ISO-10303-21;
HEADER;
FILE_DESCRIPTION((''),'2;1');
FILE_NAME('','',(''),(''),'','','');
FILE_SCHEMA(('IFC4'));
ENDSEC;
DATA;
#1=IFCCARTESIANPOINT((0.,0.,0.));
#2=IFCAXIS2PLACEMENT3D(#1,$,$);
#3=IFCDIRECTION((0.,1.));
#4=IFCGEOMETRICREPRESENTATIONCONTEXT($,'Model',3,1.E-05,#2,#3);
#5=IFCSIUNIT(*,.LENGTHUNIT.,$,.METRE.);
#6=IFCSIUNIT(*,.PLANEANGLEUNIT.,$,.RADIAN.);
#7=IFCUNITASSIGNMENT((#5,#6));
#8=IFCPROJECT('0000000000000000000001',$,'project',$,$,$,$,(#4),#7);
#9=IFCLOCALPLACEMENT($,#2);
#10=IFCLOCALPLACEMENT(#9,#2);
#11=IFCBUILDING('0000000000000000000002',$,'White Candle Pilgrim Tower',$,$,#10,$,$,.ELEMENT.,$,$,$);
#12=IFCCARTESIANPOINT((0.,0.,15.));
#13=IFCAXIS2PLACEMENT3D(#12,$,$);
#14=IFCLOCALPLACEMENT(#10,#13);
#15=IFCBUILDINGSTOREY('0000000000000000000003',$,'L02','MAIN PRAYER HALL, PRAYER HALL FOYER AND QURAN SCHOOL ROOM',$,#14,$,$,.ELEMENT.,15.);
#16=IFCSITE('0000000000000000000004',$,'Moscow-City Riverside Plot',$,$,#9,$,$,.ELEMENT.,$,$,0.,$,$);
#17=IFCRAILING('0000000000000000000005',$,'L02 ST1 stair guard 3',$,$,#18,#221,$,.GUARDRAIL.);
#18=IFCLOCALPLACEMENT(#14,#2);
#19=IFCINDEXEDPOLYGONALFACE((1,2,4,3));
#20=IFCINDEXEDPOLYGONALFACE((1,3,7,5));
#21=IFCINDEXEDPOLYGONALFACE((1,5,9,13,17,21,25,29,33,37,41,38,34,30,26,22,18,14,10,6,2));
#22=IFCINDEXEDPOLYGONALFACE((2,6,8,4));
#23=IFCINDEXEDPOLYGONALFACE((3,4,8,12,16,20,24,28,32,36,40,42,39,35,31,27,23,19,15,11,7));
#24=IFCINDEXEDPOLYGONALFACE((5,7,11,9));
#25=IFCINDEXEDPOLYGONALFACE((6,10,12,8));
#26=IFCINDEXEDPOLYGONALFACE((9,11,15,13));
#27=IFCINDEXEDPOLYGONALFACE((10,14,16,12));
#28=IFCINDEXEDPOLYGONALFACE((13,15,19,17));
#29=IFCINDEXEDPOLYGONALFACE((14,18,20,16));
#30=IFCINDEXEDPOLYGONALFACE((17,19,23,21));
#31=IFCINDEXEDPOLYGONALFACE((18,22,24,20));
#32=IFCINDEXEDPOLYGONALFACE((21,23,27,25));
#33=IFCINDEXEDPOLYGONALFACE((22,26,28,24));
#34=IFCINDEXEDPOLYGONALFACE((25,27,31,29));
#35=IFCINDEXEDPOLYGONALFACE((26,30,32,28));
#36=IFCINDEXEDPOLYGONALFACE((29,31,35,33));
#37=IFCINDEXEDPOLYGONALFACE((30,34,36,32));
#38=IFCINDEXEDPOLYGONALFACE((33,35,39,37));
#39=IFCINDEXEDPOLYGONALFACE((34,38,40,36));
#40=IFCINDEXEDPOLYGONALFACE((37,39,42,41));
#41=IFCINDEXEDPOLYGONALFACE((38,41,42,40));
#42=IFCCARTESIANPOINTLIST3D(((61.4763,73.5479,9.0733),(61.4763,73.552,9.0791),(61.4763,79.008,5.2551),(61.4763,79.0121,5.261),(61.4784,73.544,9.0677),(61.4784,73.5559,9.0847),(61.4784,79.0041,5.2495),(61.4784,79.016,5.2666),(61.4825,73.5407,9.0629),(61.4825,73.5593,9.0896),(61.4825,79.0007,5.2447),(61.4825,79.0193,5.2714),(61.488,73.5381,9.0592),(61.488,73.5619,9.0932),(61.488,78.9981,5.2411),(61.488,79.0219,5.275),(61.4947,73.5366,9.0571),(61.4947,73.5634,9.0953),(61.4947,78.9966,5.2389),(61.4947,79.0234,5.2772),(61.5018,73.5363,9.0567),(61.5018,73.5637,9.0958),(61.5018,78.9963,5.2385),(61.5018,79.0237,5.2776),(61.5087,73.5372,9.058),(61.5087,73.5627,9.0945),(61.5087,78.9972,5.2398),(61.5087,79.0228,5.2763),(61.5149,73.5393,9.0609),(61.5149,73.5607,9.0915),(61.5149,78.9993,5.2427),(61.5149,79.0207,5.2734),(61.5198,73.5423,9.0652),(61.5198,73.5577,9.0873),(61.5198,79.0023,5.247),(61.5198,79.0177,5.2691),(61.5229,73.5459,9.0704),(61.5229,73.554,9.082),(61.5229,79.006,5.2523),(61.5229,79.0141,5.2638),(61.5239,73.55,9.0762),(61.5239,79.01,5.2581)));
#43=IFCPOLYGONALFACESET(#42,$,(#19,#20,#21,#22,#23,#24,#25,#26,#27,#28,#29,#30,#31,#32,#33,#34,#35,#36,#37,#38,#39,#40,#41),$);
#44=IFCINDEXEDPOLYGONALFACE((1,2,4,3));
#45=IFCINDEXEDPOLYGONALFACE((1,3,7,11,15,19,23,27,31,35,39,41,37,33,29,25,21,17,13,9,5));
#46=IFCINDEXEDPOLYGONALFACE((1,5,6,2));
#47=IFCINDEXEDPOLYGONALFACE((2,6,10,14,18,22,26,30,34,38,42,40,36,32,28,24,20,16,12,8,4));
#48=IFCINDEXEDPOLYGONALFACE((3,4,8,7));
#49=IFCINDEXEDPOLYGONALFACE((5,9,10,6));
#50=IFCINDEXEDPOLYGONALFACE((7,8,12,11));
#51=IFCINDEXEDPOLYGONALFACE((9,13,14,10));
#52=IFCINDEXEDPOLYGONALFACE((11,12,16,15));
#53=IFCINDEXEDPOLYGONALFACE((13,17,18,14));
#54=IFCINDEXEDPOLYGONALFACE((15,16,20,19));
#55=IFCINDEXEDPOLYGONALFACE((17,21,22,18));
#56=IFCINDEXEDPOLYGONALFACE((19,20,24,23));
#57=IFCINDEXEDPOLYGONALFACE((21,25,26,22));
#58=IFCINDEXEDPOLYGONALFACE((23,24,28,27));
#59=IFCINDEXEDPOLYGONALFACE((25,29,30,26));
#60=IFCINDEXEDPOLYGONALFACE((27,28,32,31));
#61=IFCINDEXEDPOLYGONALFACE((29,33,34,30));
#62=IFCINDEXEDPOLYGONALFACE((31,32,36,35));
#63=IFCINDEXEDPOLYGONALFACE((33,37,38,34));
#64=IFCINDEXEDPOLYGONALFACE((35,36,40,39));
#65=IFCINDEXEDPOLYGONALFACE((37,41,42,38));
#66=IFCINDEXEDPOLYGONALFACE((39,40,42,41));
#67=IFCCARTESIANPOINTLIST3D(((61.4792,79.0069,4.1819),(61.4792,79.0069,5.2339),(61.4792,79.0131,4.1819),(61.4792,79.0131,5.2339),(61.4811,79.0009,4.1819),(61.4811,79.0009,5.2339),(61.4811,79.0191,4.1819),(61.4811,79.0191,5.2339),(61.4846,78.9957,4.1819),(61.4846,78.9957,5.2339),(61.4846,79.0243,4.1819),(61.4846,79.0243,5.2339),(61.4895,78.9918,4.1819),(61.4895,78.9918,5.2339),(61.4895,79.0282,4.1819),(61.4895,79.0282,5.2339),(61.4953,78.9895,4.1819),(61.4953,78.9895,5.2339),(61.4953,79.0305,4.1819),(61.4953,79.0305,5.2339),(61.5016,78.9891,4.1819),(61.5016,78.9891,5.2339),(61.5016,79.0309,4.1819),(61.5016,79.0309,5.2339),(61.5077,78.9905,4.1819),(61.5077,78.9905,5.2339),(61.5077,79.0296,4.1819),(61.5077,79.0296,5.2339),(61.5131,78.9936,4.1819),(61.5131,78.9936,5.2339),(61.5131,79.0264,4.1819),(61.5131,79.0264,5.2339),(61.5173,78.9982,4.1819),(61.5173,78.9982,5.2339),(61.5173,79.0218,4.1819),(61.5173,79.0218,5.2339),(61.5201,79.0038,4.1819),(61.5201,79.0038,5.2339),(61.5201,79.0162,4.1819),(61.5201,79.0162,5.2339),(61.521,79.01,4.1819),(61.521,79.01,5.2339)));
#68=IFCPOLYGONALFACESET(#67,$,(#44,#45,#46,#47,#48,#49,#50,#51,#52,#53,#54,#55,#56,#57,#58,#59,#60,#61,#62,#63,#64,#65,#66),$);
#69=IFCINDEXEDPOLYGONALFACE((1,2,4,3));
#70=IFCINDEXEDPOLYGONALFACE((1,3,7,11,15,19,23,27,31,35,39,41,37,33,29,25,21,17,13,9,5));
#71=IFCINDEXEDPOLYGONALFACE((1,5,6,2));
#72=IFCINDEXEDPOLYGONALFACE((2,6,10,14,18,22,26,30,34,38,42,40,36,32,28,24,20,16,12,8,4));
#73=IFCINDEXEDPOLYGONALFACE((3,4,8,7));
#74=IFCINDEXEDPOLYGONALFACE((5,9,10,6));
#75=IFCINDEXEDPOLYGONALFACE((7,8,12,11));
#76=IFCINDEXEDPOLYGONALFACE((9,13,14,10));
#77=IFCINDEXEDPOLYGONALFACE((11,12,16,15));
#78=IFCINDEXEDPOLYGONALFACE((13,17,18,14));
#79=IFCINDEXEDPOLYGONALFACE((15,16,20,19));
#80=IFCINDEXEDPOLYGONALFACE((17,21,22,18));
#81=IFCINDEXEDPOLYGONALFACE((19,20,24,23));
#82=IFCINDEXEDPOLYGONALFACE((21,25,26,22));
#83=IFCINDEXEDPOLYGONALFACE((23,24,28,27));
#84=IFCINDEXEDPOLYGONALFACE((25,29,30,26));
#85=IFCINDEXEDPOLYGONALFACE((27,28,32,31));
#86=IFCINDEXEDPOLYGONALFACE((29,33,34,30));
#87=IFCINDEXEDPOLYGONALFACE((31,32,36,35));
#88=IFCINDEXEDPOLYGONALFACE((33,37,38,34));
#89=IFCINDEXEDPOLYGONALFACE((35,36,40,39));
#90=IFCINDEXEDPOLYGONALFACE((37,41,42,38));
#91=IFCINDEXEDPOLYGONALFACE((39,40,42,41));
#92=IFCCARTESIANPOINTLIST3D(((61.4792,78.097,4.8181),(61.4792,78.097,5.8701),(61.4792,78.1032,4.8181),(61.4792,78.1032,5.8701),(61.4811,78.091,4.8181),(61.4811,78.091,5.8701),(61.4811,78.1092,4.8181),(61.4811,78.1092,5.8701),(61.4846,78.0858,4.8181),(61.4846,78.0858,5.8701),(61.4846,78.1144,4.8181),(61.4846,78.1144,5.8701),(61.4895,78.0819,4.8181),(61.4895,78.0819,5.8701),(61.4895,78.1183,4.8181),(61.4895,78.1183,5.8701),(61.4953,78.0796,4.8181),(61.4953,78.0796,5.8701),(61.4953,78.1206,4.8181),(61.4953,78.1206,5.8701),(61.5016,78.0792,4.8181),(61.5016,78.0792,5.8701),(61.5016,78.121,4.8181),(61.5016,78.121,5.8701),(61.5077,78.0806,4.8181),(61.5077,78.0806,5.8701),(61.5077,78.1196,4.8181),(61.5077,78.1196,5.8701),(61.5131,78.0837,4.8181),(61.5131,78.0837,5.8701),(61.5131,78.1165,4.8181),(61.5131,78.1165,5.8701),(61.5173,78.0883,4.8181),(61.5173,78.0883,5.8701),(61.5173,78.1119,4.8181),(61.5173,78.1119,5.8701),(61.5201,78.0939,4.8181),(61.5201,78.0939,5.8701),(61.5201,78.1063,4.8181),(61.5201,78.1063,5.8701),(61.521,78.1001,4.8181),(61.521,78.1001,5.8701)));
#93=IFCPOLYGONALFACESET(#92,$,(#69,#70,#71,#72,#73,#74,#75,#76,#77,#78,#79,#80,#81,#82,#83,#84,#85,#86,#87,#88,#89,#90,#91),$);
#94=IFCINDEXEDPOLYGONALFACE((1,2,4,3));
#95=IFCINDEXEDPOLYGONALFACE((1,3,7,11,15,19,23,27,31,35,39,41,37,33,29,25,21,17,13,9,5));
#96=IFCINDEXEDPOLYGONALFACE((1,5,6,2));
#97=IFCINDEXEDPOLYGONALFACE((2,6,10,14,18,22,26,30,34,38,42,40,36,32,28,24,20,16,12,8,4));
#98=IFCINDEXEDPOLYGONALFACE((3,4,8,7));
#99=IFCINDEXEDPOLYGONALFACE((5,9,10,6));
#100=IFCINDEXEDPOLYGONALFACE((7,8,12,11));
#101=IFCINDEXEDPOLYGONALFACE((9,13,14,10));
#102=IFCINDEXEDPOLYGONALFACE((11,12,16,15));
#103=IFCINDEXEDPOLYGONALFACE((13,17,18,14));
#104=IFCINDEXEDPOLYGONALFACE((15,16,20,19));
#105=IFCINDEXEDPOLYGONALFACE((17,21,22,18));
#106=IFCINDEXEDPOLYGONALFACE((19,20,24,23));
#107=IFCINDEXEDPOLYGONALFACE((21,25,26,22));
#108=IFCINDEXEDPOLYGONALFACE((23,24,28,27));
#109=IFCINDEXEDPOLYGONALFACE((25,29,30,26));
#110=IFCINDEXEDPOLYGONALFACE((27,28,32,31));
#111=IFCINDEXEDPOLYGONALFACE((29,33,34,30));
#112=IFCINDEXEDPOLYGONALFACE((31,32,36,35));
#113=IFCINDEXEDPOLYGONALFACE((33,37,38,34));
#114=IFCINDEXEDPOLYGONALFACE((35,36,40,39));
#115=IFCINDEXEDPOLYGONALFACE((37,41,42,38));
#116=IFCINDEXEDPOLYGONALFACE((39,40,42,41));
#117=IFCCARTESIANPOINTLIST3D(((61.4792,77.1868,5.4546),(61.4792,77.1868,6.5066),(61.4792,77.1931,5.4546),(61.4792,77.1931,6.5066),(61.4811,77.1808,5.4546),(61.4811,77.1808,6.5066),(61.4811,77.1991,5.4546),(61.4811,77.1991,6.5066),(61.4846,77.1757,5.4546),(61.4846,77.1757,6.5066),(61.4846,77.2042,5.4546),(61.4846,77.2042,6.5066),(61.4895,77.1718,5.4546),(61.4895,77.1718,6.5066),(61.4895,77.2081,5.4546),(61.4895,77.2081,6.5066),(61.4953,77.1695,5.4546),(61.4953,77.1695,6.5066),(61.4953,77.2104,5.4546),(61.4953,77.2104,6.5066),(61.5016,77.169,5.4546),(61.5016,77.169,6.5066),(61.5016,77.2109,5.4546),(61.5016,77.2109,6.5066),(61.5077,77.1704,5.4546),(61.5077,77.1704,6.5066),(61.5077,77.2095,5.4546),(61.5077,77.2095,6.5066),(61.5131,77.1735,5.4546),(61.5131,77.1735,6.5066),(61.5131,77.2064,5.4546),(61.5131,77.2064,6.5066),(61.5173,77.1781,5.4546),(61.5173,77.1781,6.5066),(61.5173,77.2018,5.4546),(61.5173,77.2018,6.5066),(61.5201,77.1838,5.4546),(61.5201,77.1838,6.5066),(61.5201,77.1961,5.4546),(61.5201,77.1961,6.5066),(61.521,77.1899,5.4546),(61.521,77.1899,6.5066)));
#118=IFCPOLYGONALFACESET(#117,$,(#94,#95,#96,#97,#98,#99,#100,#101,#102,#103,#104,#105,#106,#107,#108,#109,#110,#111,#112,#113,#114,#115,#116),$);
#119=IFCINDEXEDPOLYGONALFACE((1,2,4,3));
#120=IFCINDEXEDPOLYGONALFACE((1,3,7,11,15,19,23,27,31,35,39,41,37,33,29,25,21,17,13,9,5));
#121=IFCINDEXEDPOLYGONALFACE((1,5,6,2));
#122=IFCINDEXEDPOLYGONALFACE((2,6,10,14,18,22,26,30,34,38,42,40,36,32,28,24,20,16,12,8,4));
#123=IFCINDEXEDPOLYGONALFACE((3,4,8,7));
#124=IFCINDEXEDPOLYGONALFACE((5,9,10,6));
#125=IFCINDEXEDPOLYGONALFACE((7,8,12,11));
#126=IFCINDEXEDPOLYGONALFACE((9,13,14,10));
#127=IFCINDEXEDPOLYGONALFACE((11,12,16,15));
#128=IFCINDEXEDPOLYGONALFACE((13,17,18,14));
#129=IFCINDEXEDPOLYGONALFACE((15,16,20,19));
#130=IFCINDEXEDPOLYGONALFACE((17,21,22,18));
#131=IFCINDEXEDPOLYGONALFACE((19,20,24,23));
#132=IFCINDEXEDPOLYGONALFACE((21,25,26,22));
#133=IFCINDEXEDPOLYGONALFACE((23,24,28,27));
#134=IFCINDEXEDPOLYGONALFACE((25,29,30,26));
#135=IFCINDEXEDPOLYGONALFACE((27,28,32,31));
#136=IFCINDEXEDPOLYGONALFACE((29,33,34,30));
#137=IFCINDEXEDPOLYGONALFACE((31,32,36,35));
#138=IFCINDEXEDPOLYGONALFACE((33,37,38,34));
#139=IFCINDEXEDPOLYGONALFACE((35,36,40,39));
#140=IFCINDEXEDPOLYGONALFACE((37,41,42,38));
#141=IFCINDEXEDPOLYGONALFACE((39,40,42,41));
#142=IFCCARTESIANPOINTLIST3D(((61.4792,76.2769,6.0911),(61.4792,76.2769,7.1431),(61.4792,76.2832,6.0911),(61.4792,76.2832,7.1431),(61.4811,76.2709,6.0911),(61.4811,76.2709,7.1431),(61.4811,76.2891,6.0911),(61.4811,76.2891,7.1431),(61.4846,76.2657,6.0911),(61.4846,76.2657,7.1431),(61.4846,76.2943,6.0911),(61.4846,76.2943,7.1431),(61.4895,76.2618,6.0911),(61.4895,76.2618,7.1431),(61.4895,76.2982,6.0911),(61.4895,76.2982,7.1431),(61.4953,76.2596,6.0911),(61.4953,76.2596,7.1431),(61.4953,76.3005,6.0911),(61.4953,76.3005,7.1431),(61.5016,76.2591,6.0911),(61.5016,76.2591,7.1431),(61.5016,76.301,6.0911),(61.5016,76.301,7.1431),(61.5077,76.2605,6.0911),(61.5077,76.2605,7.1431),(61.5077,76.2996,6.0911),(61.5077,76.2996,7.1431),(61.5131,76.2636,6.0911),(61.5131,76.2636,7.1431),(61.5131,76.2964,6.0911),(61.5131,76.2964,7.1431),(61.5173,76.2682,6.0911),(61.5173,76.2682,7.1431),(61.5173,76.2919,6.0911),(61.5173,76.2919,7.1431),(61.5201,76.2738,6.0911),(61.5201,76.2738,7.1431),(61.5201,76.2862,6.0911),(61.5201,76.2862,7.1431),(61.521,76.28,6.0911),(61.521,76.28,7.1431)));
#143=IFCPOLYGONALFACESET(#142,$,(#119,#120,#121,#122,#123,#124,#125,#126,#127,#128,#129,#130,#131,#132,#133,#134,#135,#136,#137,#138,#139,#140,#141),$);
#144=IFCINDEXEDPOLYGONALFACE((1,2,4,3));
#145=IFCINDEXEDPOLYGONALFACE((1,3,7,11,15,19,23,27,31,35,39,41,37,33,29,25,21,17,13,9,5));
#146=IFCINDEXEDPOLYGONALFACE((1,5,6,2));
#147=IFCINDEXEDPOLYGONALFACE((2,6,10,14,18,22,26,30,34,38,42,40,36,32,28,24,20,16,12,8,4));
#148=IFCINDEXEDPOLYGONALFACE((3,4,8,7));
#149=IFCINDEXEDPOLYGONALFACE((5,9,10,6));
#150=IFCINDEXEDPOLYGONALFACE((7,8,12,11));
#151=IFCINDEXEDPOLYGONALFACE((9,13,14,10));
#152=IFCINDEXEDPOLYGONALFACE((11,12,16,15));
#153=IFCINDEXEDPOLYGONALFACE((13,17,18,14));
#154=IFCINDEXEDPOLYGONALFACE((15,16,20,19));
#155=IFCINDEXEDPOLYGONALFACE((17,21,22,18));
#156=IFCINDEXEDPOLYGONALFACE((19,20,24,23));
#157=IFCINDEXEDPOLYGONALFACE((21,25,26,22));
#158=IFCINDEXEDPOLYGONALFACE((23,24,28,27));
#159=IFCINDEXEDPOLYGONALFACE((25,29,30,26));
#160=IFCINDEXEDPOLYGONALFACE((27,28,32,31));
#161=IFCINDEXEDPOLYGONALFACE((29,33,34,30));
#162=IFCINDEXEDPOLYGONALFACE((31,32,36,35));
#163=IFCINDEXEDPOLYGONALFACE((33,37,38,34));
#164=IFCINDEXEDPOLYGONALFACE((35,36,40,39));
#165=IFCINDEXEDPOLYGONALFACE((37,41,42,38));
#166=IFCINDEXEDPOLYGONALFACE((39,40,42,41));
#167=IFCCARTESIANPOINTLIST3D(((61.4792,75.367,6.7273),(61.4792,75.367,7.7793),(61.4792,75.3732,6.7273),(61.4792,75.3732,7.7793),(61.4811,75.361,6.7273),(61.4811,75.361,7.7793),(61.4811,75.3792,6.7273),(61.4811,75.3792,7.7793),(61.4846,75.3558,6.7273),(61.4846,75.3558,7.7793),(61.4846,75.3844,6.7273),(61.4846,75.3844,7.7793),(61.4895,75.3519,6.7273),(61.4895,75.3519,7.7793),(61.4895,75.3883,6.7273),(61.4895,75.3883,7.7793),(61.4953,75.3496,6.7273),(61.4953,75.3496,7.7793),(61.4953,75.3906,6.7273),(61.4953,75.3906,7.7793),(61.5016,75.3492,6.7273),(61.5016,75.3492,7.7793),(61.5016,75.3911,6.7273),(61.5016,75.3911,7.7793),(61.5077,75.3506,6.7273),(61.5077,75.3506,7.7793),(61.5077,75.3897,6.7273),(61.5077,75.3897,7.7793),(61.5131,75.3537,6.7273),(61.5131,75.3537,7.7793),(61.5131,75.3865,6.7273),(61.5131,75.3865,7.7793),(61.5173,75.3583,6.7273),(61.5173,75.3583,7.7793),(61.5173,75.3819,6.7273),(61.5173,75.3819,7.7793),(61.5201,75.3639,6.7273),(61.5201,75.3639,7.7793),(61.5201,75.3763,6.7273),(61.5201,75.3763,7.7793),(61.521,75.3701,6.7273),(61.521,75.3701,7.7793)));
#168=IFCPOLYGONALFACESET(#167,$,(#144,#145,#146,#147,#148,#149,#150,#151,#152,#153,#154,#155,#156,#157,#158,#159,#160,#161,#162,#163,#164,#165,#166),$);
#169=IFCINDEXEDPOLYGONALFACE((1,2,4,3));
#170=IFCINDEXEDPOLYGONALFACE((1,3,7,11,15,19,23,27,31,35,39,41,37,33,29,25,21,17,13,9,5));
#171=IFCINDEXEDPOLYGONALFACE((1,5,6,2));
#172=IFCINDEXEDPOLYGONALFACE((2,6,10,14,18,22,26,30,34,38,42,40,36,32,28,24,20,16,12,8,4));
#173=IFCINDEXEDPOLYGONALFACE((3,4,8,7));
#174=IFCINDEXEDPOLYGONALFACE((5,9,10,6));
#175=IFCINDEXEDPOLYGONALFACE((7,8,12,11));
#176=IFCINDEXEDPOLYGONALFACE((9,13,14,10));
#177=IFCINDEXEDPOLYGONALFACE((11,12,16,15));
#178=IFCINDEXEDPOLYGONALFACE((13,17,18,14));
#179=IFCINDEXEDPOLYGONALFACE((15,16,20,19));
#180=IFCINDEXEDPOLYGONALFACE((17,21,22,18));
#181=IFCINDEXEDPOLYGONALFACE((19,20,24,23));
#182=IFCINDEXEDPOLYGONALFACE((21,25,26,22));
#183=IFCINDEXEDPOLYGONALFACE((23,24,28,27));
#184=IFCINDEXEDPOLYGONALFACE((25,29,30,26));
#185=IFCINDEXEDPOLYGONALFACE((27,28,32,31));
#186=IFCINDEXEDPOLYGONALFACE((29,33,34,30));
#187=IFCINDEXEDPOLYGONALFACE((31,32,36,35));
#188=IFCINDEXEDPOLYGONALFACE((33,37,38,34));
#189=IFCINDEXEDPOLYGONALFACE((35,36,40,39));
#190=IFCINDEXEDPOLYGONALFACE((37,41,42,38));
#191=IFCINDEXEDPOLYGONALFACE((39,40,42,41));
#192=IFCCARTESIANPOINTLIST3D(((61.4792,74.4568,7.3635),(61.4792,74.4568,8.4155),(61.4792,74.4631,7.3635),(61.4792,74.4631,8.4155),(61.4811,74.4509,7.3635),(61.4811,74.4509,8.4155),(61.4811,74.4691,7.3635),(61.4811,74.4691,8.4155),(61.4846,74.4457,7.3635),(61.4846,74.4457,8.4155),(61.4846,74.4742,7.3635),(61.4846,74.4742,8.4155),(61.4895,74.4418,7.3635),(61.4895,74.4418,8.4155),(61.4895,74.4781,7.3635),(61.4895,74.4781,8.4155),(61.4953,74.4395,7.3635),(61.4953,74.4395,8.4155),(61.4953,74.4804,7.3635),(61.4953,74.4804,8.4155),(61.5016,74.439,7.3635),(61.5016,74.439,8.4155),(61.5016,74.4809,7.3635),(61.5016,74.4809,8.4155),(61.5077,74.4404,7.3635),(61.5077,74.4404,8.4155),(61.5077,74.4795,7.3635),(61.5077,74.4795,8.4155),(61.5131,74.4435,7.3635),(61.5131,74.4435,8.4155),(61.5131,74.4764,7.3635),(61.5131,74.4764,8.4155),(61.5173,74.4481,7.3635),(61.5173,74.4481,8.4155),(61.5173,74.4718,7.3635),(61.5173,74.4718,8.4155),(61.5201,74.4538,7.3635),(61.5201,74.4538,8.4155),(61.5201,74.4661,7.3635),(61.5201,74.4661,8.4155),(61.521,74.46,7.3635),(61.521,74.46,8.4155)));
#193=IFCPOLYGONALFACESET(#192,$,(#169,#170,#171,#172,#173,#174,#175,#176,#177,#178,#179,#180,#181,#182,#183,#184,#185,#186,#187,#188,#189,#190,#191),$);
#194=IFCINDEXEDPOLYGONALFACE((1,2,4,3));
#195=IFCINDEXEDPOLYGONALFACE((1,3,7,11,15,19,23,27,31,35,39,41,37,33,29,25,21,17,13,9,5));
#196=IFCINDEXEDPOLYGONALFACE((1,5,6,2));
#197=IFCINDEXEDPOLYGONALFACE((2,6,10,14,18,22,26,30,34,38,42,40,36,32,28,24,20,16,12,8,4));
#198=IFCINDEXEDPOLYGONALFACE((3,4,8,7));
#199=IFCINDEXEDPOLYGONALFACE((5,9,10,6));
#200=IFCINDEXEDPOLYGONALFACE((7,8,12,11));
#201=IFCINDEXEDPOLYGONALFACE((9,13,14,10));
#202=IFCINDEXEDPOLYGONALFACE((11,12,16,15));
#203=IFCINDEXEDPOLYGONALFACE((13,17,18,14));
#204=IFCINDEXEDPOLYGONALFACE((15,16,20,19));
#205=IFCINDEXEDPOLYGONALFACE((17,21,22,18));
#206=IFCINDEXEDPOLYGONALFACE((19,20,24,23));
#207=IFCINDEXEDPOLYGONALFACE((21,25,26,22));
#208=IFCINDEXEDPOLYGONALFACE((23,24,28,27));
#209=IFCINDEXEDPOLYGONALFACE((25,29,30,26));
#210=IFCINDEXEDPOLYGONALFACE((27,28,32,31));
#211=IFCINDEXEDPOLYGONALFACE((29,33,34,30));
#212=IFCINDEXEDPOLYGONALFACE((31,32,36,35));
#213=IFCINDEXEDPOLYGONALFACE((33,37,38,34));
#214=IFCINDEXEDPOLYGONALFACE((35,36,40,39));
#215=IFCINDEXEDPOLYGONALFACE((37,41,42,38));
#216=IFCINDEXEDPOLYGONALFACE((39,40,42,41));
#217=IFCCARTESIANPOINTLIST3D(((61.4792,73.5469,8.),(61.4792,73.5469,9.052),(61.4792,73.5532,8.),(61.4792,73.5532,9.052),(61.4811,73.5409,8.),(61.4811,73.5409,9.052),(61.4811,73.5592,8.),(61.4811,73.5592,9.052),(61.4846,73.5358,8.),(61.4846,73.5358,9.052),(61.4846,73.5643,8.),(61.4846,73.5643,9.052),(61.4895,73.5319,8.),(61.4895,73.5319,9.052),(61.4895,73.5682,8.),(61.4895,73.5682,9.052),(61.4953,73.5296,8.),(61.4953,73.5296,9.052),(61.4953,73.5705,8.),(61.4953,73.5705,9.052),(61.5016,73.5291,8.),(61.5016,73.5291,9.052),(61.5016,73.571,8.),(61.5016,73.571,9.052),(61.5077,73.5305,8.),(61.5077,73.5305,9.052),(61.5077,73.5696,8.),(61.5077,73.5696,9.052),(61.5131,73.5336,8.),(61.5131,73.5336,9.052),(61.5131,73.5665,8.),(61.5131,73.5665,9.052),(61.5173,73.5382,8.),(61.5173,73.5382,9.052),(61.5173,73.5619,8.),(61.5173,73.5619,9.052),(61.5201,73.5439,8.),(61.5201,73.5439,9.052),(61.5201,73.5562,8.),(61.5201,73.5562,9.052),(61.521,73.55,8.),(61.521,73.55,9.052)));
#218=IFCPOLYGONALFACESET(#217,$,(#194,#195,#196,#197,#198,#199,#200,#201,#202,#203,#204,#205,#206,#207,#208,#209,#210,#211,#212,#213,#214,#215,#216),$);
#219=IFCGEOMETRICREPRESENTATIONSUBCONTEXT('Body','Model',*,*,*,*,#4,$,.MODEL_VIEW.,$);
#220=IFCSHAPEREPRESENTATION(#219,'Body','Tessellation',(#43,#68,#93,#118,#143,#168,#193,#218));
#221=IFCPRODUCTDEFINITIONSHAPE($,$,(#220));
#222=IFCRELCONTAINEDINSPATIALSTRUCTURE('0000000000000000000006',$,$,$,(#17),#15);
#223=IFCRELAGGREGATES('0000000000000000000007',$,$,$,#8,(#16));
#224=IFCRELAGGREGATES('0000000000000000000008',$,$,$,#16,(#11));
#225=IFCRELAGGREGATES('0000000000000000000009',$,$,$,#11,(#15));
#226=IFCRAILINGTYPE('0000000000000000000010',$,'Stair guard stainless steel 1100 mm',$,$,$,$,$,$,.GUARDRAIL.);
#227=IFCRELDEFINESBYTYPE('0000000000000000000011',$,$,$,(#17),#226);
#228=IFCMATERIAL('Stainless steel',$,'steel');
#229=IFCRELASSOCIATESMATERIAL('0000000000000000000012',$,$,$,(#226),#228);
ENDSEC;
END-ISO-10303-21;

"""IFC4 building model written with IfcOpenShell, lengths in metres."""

from ifc_helpers import new_model, si_unit, direction, frame, origin, origin_2d, place, context, subcontext, project, spatial, circle, extrude, material, type_object, element, save


model = new_model("IFC4")

# Units and contexts
model_context = context("Model", 3, precision=1e-05, world=origin(), true_north=direction((0.0, 1.0)))
body_context = subcontext(model_context, "Body", "Model", "MODEL_VIEW")
ifc_project = project(units=[si_unit("LENGTHUNIT", "METRE"), si_unit("PLANEANGLEUNIT", "RADIAN")], contexts=[model_context])

# Site, building, storey
site_placement = place(None, origin())
site = spatial("IfcSite", under=ifc_project, at=site_placement, Name="Moscow-City Riverside Plot", CompositionType="ELEMENT", RefElevation=0.0)
building_placement = place(site_placement, origin())
building = spatial("IfcBuilding", under=site, at=building_placement, Name="White Candle Pilgrim Tower", CompositionType="ELEMENT")
storey_placement = place(building_placement, frame((0.0, 0.0, 15.0)))
storey = spatial("IfcBuildingStorey", under=building, at=storey_placement, Name="L02", Description="MAIN PRAYER HALL, PRAYER HALL FOYER AND QURAN SCHOOL ROOM", CompositionType="ELEMENT", Elevation=15.0)

# Railing
ifc_material_1 = material(Name="Stainless steel", Category="steel")
railing_type_1 = type_object("IfcRailingType", Name="Stair guard stainless steel 1100 mm", PredefinedType="GUARDRAIL", material=ifc_material_1)
railing_1_placement = place(storey_placement, frame((61.5, 79.01, 4.1819)))
element("IfcRailing", 1, at=railing_1_placement, inside=storey, type_object=railing_type_1, Name="L02 ST1 stair guard 3", PredefinedType="GUARDRAIL", context=body_context, shape_type="SweptSolid", body=[
    extrude(circle(Radius=0.0239, at=origin_2d()), frame((0.0, 0.0, 1.0762), z_axis=(0.0, -0.819504, 0.573074), x_axis=(1.0, 0.0, 0.0)), (0.0, 0.0, 1.0), 6.6626),
    extrude(circle(Radius=0.021, at=origin_2d()), origin(), (0.0, 0.0, 1.0), 1.052),
    extrude(circle(Radius=0.021, at=origin_2d()), frame((0.0, -0.9099, 0.6362)), (0.0, 0.0, 1.0), 1.052),
    extrude(circle(Radius=0.021, at=origin_2d()), frame((0.0, -1.8201, 1.2727)), (0.0, 0.0, 1.0), 1.052),
    extrude(circle(Radius=0.021, at=origin_2d()), frame((0.0, -2.73, 1.9092)), (0.0, 0.0, 1.0), 1.052),
    extrude(circle(Radius=0.021, at=origin_2d()), frame((0.0, -3.6399, 2.5454)), (0.0, 0.0, 1.0), 1.052),
    extrude(circle(Radius=0.021, at=origin_2d()), frame((0.0, -4.55, 3.1816)), (0.0, 0.0, 1.0), 1.052),
    extrude(circle(Radius=0.021, at=origin_2d()), frame((0.0, -5.46, 3.8181)), (0.0, 0.0, 1.0), 1.052),
])

save(model, "model.ifc")
